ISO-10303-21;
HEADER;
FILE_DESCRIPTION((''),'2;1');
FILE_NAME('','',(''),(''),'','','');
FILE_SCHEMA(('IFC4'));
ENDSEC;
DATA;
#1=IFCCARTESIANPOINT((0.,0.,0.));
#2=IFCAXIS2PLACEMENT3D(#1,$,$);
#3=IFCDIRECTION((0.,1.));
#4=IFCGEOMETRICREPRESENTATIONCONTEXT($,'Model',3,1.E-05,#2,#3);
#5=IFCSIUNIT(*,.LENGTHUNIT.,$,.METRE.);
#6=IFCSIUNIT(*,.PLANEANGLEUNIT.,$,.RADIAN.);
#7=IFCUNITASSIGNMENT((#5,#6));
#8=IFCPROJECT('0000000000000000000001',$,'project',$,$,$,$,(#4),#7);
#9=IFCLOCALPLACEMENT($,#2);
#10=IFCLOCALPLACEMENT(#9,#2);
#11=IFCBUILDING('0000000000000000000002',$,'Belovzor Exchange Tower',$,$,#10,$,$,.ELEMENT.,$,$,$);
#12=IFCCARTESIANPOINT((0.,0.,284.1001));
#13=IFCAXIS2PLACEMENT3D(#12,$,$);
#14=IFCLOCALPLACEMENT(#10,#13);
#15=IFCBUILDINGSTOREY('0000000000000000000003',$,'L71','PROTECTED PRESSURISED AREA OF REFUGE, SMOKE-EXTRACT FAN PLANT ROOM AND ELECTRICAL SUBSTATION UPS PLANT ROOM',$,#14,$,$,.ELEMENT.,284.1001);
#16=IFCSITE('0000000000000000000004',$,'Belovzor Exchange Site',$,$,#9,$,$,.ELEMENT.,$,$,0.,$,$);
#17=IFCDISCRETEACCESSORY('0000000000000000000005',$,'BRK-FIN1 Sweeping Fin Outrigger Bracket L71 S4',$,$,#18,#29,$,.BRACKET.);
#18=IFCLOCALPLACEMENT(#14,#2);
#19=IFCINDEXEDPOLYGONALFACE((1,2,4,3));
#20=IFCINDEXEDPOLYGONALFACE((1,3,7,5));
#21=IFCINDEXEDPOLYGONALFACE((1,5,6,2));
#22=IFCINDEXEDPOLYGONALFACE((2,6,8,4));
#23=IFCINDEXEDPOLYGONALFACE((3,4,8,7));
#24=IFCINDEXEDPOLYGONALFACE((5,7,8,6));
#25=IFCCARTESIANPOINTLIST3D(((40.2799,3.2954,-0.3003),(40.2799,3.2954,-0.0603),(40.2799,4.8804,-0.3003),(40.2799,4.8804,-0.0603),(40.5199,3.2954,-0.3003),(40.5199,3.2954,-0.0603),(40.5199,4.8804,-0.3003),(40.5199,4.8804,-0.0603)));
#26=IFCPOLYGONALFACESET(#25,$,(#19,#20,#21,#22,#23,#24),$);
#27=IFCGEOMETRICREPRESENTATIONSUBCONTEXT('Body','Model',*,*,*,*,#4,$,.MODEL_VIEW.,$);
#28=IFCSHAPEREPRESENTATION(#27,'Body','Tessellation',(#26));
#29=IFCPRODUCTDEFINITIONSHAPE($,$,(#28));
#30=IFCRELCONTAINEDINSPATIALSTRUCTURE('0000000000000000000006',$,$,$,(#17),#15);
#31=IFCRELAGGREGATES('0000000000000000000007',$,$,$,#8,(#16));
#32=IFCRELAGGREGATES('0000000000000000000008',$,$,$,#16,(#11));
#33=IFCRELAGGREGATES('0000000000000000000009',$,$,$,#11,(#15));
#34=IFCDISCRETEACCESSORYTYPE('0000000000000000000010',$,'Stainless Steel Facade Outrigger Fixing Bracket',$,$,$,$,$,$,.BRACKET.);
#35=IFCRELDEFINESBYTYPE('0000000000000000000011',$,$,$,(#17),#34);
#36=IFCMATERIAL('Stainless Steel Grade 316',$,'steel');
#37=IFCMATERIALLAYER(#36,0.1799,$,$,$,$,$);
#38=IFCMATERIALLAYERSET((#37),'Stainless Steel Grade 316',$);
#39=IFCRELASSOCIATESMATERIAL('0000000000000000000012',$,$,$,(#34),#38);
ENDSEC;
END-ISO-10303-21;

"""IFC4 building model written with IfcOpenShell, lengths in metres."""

from ifc_helpers import new_model, si_unit, direction, frame, origin, origin_2d, place, context, subcontext, project, spatial, rectangle, extrude, material, layer, layer_set, type_object, element, save


model = new_model("IFC4")

# Units and contexts
model_context = context("Model", 3, precision=1e-05, world=origin(), true_north=direction((0.0, 1.0)))
body_context = subcontext(model_context, "Body", "Model", "MODEL_VIEW")
ifc_project = project(units=[si_unit("LENGTHUNIT", "METRE"), si_unit("PLANEANGLEUNIT", "RADIAN")], contexts=[model_context])

# Site, building, storey
site_placement = place(None, origin())
site = spatial("IfcSite", under=ifc_project, at=site_placement, Name="Belovzor Exchange Site", CompositionType="ELEMENT", RefElevation=0.0)
building_placement = place(site_placement, origin())
building = spatial("IfcBuilding", under=site, at=building_placement, Name="Belovzor Exchange Tower", CompositionType="ELEMENT")
storey_placement = place(building_placement, frame((0.0, 0.0, 284.1001)))
storey = spatial("IfcBuildingStorey", under=building, at=storey_placement, Name="L71", Description="PROTECTED PRESSURISED AREA OF REFUGE, SMOKE-EXTRACT FAN PLANT ROOM AND ELECTRICAL SUBSTATION UPS PLANT ROOM", CompositionType="ELEMENT", Elevation=284.1001)

# Discrete accessory
ifc_material_1 = material(Name="Stainless Steel Grade 316", Category="steel")
ifc_layer_1 = layer(ifc_material_1, 0.1799)
ifc_layer_set_1 = layer_set([ifc_layer_1], Name="Stainless Steel Grade 316")
discrete_accessory_type = type_object("IfcDiscreteAccessoryType", Name="Stainless Steel Facade Outrigger Fixing Bracket", PredefinedType="BRACKET", material=ifc_layer_set_1)
for number, where, z_axis, x_axis, name in (
    (1, (40.3999, 4.0879, -0.3003), (0.0, 0.0, 1.0), (0.0, 1.0, 0.0), "BRK-FIN1 Sweeping Fin Outrigger Bracket L71 S4"),
):
    element("IfcDiscreteAccessory", number, at=place(storey_placement, frame(where, z_axis=z_axis, x_axis=x_axis)), inside=storey, type_object=discrete_accessory_type, Name=name, PredefinedType="BRACKET", context=body_context, shape_type="SweptSolid", body=[
        extrude(rectangle(XDim=1.585, YDim=0.24, at=origin_2d()), origin(), (0.0, 0.0, 1.0), 0.24),
    ])

save(model, "model.ifc")
